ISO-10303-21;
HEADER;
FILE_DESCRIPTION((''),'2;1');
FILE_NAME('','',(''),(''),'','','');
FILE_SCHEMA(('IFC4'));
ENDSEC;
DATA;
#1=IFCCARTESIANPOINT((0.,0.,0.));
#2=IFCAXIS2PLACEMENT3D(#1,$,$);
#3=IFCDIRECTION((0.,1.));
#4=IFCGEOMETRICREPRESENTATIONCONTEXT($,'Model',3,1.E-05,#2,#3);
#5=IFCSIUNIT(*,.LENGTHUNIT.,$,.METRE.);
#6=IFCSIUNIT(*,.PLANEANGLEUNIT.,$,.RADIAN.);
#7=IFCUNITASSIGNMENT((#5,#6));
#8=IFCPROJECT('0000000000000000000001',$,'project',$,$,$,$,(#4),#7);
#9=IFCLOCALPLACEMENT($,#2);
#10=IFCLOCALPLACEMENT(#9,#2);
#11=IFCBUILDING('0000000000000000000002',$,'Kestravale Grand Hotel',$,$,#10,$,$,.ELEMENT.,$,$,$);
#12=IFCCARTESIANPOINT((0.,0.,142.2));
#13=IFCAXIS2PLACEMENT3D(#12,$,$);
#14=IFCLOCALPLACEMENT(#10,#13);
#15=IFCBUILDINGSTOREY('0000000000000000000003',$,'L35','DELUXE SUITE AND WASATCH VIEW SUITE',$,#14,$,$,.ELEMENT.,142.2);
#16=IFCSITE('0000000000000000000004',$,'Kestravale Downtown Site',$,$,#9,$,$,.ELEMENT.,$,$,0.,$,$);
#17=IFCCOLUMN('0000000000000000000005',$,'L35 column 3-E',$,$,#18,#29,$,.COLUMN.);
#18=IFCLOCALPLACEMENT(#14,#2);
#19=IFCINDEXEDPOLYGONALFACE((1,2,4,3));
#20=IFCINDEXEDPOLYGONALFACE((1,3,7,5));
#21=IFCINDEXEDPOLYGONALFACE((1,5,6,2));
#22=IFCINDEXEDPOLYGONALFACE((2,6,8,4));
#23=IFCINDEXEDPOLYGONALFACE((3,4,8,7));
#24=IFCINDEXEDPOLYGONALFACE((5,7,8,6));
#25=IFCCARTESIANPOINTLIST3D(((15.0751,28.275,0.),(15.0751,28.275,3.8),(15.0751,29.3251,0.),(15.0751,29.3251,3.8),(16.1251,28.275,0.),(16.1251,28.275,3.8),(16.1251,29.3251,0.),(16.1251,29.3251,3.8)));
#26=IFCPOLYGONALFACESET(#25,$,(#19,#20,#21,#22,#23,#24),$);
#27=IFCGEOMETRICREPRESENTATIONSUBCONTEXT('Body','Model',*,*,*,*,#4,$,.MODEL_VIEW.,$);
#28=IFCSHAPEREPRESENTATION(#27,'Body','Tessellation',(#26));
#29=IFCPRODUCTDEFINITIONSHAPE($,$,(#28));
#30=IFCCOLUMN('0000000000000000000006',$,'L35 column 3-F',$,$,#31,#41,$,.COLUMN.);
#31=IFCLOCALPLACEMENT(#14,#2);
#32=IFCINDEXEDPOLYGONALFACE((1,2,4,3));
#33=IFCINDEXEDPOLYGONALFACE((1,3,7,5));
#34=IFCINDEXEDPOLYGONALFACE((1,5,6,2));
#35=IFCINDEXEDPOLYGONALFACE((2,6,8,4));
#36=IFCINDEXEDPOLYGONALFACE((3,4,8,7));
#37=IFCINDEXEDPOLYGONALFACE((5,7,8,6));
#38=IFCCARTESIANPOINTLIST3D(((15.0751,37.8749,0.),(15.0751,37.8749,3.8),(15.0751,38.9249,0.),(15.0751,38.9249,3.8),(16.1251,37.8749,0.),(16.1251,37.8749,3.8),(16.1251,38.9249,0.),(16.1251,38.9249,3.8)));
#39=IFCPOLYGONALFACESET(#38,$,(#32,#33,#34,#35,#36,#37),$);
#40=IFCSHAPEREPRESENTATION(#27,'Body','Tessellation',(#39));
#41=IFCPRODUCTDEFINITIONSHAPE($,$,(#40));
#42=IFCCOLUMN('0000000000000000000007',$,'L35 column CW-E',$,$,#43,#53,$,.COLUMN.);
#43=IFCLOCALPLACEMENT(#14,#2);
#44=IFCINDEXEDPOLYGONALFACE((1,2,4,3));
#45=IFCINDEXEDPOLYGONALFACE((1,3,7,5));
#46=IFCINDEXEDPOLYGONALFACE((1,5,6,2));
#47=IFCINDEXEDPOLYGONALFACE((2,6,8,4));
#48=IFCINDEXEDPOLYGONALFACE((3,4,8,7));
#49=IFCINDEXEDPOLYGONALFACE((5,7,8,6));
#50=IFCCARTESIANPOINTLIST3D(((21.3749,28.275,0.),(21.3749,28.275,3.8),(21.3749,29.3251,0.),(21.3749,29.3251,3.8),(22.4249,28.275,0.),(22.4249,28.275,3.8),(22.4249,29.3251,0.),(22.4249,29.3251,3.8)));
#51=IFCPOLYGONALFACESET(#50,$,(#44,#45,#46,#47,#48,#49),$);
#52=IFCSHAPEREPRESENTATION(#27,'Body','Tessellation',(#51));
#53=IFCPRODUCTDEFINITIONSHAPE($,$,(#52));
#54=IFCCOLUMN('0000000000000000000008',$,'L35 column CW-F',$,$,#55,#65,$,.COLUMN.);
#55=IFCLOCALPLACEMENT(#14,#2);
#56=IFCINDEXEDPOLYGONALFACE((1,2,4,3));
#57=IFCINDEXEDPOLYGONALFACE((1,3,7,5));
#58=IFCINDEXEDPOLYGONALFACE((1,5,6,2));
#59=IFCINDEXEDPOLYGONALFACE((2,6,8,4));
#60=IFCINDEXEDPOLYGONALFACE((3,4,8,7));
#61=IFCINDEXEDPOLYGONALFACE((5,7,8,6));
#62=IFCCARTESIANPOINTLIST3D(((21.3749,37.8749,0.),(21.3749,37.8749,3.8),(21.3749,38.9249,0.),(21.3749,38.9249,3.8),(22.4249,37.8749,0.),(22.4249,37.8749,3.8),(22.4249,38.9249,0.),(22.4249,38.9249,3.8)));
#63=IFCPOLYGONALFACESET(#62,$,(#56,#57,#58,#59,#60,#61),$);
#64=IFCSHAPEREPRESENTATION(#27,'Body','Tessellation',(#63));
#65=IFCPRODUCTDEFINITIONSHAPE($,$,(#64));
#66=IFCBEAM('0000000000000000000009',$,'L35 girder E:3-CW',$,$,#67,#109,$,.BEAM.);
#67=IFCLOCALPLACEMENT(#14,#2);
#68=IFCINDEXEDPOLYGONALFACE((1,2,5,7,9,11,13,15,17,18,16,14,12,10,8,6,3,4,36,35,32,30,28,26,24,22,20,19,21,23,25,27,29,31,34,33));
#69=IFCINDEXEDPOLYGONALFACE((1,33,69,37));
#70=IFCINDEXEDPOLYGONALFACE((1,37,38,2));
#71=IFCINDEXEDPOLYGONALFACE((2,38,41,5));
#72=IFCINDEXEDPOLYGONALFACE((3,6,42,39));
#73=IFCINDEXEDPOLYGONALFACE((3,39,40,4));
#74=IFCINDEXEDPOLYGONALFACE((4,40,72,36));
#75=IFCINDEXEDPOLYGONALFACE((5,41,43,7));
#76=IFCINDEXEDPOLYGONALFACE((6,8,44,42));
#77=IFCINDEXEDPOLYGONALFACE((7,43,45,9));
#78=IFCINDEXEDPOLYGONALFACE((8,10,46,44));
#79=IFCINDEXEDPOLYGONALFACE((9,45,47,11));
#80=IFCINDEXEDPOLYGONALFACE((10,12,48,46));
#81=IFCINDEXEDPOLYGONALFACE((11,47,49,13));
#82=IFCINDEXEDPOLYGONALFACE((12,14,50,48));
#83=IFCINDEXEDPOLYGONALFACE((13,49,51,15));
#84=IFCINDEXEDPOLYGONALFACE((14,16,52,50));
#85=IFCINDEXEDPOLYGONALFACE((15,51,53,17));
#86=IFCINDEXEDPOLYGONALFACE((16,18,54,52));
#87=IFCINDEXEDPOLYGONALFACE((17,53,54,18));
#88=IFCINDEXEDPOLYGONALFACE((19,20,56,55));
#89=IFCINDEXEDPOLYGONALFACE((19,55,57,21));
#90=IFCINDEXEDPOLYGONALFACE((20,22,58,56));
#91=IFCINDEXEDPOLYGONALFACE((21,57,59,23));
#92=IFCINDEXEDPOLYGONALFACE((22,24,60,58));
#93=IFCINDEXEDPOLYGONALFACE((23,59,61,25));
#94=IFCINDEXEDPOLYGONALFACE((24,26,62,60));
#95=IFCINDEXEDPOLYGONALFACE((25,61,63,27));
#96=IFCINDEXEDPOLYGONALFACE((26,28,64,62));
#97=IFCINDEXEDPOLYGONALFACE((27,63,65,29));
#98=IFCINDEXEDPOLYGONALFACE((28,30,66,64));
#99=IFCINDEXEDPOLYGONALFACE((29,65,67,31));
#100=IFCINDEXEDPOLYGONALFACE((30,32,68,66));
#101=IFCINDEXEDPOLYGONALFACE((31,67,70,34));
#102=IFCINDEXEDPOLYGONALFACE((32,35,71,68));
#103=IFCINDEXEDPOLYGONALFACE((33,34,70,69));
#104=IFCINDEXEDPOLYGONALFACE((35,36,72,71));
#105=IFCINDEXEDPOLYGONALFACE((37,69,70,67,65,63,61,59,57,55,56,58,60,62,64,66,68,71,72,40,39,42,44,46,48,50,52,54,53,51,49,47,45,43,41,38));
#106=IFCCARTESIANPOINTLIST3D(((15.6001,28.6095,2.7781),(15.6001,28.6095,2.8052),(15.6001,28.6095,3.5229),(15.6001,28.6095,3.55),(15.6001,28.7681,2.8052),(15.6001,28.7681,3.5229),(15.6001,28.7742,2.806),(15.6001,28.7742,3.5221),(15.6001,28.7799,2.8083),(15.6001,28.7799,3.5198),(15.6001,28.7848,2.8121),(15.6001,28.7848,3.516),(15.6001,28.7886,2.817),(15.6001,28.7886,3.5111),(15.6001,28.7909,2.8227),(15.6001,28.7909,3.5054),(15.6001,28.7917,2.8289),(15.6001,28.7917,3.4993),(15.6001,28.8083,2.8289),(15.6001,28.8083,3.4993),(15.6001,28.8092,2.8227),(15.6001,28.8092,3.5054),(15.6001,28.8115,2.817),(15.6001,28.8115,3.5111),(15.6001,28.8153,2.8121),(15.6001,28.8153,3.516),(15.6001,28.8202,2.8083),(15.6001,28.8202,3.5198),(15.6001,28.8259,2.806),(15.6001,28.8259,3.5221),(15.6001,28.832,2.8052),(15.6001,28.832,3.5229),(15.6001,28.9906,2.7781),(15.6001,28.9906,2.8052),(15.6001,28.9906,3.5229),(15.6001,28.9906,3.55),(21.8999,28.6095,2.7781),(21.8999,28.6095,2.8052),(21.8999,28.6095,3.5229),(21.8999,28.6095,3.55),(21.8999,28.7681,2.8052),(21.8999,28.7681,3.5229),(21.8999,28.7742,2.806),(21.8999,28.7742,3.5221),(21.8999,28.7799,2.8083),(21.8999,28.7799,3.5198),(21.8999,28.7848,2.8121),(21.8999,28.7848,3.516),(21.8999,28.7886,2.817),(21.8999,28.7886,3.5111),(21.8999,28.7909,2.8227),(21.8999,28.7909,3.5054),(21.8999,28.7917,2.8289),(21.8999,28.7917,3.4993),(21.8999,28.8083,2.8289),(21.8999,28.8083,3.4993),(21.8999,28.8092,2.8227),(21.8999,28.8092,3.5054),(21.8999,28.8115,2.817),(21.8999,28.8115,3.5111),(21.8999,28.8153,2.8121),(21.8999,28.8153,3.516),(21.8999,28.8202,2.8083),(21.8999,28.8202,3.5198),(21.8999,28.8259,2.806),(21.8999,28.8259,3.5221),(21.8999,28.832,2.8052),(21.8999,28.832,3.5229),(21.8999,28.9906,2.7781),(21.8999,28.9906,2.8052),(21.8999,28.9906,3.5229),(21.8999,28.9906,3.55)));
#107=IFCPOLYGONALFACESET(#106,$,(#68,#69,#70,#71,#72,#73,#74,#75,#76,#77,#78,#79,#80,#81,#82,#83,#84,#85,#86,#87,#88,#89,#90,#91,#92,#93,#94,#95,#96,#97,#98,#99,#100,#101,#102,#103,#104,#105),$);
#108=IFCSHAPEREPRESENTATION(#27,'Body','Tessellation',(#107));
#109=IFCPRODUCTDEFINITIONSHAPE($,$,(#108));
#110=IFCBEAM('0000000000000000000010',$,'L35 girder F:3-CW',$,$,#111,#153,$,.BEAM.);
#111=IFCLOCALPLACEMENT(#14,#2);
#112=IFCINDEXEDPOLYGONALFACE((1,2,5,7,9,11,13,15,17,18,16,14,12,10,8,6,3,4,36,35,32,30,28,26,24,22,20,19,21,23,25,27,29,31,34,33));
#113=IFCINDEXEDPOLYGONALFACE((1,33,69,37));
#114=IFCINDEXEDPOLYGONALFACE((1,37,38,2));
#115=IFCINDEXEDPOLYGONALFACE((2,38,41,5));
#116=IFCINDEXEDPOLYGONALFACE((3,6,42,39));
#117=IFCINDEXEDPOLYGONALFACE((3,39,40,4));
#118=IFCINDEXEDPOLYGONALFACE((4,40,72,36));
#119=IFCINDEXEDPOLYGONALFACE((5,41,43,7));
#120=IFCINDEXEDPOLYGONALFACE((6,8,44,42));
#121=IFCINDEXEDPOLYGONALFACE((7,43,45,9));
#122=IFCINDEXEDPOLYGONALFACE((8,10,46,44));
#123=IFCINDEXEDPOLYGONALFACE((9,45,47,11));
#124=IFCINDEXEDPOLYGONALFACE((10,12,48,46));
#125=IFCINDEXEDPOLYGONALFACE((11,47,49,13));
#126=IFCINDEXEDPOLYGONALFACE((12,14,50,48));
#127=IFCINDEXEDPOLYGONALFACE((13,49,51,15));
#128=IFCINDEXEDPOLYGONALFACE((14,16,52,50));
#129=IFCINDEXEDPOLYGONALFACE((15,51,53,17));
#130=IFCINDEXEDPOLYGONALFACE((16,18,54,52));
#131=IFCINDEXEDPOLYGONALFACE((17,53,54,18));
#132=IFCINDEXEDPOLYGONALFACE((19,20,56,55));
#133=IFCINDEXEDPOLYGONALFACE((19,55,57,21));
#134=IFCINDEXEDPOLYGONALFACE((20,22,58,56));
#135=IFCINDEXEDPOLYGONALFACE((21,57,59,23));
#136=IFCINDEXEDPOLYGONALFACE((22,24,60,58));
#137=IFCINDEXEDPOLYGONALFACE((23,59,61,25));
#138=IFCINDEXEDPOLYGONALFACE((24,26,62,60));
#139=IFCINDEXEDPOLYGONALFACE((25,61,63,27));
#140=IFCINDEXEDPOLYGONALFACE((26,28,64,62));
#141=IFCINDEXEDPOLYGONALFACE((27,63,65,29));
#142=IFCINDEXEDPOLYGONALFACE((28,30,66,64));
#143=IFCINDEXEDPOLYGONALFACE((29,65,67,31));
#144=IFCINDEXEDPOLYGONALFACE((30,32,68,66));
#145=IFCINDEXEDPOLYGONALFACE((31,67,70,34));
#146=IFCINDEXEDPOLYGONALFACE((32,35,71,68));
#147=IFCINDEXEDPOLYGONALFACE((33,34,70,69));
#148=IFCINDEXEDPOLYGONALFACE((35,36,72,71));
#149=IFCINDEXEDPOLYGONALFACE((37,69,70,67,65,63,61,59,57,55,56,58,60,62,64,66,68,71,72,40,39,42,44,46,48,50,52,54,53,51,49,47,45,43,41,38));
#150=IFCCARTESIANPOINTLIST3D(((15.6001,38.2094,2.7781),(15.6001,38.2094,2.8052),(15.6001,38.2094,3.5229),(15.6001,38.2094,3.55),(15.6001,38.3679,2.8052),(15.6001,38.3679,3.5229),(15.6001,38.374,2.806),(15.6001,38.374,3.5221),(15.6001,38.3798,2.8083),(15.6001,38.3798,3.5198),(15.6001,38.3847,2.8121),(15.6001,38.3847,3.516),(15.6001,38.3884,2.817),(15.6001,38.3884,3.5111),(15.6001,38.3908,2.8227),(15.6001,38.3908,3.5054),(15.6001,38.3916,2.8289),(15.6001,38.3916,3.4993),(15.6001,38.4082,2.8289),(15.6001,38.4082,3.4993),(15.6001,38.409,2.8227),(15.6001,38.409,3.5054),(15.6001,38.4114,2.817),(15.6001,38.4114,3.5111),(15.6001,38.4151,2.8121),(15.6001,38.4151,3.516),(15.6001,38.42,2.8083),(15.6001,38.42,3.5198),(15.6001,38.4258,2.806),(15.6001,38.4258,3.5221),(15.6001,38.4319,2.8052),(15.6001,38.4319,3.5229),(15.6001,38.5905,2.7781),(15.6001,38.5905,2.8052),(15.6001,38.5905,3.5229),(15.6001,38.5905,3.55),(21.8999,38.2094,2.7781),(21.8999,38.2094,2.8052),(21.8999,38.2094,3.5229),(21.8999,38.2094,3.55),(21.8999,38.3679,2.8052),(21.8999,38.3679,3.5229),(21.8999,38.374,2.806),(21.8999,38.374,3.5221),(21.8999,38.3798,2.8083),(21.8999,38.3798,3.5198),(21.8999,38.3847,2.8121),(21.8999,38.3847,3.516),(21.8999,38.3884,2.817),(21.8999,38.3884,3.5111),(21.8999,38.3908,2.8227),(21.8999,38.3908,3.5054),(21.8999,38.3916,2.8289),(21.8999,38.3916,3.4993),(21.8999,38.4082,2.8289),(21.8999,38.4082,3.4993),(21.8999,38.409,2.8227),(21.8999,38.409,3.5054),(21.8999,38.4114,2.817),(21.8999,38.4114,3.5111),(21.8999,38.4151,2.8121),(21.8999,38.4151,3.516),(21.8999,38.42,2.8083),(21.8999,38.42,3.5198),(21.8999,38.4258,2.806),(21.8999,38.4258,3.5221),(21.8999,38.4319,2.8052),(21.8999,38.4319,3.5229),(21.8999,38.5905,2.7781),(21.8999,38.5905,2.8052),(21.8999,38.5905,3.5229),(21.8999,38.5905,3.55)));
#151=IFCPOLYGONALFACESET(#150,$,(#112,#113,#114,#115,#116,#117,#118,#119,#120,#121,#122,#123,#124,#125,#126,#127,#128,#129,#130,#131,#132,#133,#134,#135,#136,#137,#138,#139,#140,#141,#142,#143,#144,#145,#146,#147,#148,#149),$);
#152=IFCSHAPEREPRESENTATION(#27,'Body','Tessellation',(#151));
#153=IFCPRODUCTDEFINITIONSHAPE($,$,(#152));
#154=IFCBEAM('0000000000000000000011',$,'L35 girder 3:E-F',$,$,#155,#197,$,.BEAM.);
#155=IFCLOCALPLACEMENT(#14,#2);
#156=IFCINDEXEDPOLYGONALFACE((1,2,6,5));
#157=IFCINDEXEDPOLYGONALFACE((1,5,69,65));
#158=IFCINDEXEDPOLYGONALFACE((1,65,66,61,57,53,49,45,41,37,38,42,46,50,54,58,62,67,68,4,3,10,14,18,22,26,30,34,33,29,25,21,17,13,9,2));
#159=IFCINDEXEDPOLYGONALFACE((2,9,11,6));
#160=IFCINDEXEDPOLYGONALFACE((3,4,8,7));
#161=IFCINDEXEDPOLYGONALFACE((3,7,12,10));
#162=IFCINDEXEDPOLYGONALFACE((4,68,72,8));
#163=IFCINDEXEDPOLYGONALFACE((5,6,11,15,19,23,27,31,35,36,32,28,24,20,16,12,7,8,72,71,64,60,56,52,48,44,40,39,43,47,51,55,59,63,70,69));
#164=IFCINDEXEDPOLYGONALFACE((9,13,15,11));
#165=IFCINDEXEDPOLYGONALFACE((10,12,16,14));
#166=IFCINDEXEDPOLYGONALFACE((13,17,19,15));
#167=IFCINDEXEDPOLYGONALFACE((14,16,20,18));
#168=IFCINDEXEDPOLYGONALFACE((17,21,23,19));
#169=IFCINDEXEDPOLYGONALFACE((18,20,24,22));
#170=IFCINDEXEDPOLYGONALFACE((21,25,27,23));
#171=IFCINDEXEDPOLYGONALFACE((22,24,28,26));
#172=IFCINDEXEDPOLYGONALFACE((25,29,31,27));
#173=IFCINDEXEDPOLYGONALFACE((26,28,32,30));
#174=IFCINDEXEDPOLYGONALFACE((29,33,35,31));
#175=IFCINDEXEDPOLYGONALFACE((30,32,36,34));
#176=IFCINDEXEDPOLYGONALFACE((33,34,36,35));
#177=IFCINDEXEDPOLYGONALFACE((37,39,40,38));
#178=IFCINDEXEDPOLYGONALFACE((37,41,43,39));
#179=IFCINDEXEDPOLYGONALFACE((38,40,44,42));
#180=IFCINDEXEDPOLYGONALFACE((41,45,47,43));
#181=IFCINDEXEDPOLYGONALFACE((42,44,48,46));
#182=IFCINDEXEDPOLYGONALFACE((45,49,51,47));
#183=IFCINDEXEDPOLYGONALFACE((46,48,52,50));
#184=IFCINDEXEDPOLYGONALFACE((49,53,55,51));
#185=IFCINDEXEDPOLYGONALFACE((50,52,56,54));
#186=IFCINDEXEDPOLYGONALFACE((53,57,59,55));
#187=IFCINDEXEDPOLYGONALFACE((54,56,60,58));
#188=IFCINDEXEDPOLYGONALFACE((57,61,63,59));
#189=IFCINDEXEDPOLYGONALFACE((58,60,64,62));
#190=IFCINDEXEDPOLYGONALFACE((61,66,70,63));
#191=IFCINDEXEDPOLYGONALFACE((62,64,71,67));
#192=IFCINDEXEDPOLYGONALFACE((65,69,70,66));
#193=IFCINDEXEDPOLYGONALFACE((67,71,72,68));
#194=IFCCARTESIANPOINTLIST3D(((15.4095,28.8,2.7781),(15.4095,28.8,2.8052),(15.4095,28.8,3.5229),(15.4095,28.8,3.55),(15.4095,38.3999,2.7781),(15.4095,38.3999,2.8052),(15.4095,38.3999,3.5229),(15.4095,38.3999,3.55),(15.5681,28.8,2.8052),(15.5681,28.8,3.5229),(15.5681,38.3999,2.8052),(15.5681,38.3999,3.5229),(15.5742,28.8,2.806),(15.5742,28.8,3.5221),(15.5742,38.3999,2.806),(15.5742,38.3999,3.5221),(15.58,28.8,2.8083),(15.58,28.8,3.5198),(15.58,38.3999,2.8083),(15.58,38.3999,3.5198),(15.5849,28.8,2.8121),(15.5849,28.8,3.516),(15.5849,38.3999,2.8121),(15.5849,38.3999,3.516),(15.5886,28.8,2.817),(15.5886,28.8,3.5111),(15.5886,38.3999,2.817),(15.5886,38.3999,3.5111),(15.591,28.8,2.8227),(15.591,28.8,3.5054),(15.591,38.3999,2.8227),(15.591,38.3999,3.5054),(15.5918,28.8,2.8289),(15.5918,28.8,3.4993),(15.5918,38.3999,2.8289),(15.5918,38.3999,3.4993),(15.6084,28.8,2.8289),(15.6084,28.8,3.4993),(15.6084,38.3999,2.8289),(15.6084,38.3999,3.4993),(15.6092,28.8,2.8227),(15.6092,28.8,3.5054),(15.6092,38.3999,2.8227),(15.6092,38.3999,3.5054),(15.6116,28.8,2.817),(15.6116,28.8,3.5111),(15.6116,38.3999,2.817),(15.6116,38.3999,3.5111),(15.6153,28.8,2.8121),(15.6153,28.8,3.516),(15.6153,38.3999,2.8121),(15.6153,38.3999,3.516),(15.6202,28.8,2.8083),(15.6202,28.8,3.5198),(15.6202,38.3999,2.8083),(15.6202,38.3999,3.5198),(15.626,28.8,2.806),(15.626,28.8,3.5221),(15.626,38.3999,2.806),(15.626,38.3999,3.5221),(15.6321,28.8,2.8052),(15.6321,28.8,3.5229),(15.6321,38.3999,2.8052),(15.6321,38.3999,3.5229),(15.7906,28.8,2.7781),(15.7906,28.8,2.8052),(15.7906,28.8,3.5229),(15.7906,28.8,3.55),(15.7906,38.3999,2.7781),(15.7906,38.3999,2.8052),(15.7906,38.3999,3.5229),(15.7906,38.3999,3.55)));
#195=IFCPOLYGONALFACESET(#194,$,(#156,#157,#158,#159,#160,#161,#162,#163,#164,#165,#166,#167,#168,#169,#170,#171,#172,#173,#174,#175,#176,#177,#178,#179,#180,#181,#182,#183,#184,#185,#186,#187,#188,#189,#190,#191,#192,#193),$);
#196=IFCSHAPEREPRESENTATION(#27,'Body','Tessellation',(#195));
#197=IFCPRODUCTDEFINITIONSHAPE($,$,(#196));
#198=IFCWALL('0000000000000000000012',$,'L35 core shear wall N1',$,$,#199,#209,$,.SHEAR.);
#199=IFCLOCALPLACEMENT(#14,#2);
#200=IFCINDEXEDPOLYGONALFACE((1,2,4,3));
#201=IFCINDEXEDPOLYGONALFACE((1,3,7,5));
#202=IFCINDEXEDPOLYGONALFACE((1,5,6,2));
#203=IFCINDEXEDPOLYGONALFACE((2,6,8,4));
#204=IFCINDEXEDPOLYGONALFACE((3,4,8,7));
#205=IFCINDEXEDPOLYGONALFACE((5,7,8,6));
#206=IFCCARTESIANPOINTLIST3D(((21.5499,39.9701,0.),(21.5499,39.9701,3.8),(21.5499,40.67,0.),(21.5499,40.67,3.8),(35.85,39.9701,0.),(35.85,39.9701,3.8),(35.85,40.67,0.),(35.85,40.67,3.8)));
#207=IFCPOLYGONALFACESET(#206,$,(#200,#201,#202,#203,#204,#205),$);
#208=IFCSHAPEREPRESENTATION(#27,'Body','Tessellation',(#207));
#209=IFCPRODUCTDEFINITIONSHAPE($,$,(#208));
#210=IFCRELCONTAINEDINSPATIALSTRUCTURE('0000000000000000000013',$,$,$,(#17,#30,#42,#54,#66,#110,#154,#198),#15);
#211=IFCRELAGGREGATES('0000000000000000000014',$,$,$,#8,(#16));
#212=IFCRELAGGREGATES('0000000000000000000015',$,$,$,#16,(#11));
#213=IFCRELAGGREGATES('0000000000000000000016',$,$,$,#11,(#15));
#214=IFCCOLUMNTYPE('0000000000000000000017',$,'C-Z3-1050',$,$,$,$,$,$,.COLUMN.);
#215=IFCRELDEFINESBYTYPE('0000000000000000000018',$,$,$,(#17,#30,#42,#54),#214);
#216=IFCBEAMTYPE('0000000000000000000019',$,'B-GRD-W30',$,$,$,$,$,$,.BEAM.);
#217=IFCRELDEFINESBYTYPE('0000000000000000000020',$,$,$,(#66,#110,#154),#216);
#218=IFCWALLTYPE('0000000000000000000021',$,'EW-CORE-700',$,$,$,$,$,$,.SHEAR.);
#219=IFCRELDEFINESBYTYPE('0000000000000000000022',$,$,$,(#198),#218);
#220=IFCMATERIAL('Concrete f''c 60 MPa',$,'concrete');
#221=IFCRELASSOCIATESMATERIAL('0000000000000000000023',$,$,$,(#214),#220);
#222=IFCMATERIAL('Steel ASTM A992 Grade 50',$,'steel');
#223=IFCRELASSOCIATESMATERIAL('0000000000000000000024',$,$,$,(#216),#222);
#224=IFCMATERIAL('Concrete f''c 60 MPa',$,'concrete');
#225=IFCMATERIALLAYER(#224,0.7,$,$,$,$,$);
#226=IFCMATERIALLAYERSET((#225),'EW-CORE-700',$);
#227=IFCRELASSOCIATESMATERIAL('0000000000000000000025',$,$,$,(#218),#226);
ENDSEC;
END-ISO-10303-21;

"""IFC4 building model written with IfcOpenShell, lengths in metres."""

from ifc_helpers import new_model, si_unit, direction, frame, frame_2d, origin, origin_2d, place, context, subcontext, project, spatial, rectangle, i_section, extrude, material, layer, layer_set, material_profile, profile_set, type_object, element, save


model = new_model("IFC4")

# Units and contexts
model_context = context("Model", 3, precision=1e-05, world=origin(), true_north=direction((0.0, 1.0)))
body_context = subcontext(model_context, "Body", "Model", "MODEL_VIEW")
ifc_project = project(units=[si_unit("LENGTHUNIT", "METRE"), si_unit("PLANEANGLEUNIT", "RADIAN")], contexts=[model_context])

# Site, building, storey
site_placement = place(None, origin())
site = spatial("IfcSite", under=ifc_project, at=site_placement, Name="Kestravale Downtown Site", CompositionType="ELEMENT", RefElevation=0.0)
building_placement = place(site_placement, origin())
building = spatial("IfcBuilding", under=site, at=building_placement, Name="Kestravale Grand Hotel", CompositionType="ELEMENT")
storey_placement = place(building_placement, frame((0.0, 0.0, 142.2)))
storey = spatial("IfcBuildingStorey", under=building, at=storey_placement, Name="L35", Description="DELUXE SUITE AND WASATCH VIEW SUITE", CompositionType="ELEMENT", Elevation=142.2)

# Columns
ifc_material_1 = material(Name="Concrete f'c 60 MPa", Category="concrete")
ifc_material_profile_1 = material_profile(ifc_material_1, rectangle(XDim=1.05, YDim=1.05, at=origin_2d()))
ifc_profile_set_1 = profile_set([ifc_material_profile_1], Name="Concrete f'c 60 MPa")
column_type = type_object("IfcColumnType", Name="C-Z3-1050", PredefinedType="COLUMN", material=ifc_profile_set_1)
for number, where, z_axis, x_axis, name in (
    (1, (15.6001, 28.8, 0.0), (0.0, 0.0, 1.0), (1.0, 0.0, 0.0), "L35 column 3-E"),
    (2, (15.6001, 38.3999, 0.0), (0.0, 0.0, 1.0), (1.0, 0.0, 0.0), "L35 column 3-F"),
    (3, (21.8999, 28.8, 0.0), (0.0, 0.0, 1.0), (1.0, 0.0, 0.0), "L35 column CW-E"),
    (4, (21.8999, 38.3999, 0.0), (0.0, 0.0, 1.0), (1.0, 0.0, 0.0), "L35 column CW-F"),
):
    element("IfcColumn", number, at=place(storey_placement, frame(where, z_axis=z_axis, x_axis=x_axis)), inside=storey, type_object=column_type, Name=name, PredefinedType="COLUMN", context=body_context, shape_type="SweptSolid", body=[
        extrude(rectangle(XDim=1.05, YDim=1.05, at=origin_2d()), origin(), (0.0, 0.0, 1.0), 3.8),
    ])

# Beams
ifc_material_2 = material(Name="Steel ASTM A992 Grade 50", Category="steel")
ifc_material_profile_2 = material_profile(ifc_material_2, i_section(OverallWidth=0.3811, OverallDepth=0.772, WebThickness=0.0166, FlangeThickness=0.0271, FilletRadius=0.0237, at=origin_2d()))
ifc_profile_set_2 = profile_set([ifc_material_profile_2], Name="Steel ASTM A992 Grade 50")
beam_type = type_object("IfcBeamType", Name="B-GRD-W30", PredefinedType="BEAM", material=ifc_profile_set_2)
for number, where, z_axis, x_axis, name in (
    (5, (15.6001, 28.8, 3.1641), (1.0, 0.0, 0.0), (0.0, 1.0, 0.0), "L35 girder E:3-CW"),
    (6, (15.6001, 38.3999, 3.1641), (1.0, 0.0, 0.0), (0.0, 1.0, 0.0), "L35 girder F:3-CW"),
):
    element("IfcBeam", number, at=place(storey_placement, frame(where, z_axis=z_axis, x_axis=x_axis)), inside=storey, type_object=beam_type, Name=name, PredefinedType="BEAM", context=body_context, shape_type="SweptSolid", body=[
        extrude(i_section(OverallWidth=0.3811, OverallDepth=0.772, WebThickness=0.0166, FlangeThickness=0.0271, FilletRadius=0.0237, at=origin_2d()), origin(), (0.0, 0.0, 1.0), 6.2998),
    ])
beam_placement = place(storey_placement, frame((15.6001, 28.8, 3.1641), z_axis=(0.0, 1.0, 0.0), x_axis=(-1.0, 0.0, 0.0)))
element("IfcBeam", 7, at=beam_placement, inside=storey, type_object=beam_type, Name="L35 girder 3:E-F", PredefinedType="BEAM", context=body_context, shape_type="SweptSolid", body=[
    extrude(i_section(OverallWidth=0.3811, OverallDepth=0.772, WebThickness=0.0166, FlangeThickness=0.0271, FilletRadius=0.0237, at=origin_2d()), origin(), (0.0, 0.0, 1.0), 9.5999),
])

# Wall
ifc_material_3 = material(Name="Concrete f'c 60 MPa", Category="concrete")
ifc_layer_1 = layer(ifc_material_3, 0.7)
ifc_layer_set_1 = layer_set([ifc_layer_1], Name="EW-CORE-700")
wall_type_1 = type_object("IfcWallType", Name="EW-CORE-700", PredefinedType="SHEAR", material=ifc_layer_set_1)
wall_1_placement = place(storey_placement, frame((21.55, 40.3201, 0.0), z_axis=(0.0, 0.0, 1.0), x_axis=(1.0, 0.0, 0.0)))
element("IfcWall", 8, at=wall_1_placement, inside=storey, type_object=wall_type_1, Name="L35 core shear wall N1", PredefinedType="SHEAR", context=body_context, shape_type="SweptSolid", body=[
    extrude(rectangle(XDim=14.3, YDim=0.7, at=frame_2d((7.1499, 0.0))), origin(), (0.0, 0.0, 1.0), 3.8),
])

save(model, "model.ifc")
